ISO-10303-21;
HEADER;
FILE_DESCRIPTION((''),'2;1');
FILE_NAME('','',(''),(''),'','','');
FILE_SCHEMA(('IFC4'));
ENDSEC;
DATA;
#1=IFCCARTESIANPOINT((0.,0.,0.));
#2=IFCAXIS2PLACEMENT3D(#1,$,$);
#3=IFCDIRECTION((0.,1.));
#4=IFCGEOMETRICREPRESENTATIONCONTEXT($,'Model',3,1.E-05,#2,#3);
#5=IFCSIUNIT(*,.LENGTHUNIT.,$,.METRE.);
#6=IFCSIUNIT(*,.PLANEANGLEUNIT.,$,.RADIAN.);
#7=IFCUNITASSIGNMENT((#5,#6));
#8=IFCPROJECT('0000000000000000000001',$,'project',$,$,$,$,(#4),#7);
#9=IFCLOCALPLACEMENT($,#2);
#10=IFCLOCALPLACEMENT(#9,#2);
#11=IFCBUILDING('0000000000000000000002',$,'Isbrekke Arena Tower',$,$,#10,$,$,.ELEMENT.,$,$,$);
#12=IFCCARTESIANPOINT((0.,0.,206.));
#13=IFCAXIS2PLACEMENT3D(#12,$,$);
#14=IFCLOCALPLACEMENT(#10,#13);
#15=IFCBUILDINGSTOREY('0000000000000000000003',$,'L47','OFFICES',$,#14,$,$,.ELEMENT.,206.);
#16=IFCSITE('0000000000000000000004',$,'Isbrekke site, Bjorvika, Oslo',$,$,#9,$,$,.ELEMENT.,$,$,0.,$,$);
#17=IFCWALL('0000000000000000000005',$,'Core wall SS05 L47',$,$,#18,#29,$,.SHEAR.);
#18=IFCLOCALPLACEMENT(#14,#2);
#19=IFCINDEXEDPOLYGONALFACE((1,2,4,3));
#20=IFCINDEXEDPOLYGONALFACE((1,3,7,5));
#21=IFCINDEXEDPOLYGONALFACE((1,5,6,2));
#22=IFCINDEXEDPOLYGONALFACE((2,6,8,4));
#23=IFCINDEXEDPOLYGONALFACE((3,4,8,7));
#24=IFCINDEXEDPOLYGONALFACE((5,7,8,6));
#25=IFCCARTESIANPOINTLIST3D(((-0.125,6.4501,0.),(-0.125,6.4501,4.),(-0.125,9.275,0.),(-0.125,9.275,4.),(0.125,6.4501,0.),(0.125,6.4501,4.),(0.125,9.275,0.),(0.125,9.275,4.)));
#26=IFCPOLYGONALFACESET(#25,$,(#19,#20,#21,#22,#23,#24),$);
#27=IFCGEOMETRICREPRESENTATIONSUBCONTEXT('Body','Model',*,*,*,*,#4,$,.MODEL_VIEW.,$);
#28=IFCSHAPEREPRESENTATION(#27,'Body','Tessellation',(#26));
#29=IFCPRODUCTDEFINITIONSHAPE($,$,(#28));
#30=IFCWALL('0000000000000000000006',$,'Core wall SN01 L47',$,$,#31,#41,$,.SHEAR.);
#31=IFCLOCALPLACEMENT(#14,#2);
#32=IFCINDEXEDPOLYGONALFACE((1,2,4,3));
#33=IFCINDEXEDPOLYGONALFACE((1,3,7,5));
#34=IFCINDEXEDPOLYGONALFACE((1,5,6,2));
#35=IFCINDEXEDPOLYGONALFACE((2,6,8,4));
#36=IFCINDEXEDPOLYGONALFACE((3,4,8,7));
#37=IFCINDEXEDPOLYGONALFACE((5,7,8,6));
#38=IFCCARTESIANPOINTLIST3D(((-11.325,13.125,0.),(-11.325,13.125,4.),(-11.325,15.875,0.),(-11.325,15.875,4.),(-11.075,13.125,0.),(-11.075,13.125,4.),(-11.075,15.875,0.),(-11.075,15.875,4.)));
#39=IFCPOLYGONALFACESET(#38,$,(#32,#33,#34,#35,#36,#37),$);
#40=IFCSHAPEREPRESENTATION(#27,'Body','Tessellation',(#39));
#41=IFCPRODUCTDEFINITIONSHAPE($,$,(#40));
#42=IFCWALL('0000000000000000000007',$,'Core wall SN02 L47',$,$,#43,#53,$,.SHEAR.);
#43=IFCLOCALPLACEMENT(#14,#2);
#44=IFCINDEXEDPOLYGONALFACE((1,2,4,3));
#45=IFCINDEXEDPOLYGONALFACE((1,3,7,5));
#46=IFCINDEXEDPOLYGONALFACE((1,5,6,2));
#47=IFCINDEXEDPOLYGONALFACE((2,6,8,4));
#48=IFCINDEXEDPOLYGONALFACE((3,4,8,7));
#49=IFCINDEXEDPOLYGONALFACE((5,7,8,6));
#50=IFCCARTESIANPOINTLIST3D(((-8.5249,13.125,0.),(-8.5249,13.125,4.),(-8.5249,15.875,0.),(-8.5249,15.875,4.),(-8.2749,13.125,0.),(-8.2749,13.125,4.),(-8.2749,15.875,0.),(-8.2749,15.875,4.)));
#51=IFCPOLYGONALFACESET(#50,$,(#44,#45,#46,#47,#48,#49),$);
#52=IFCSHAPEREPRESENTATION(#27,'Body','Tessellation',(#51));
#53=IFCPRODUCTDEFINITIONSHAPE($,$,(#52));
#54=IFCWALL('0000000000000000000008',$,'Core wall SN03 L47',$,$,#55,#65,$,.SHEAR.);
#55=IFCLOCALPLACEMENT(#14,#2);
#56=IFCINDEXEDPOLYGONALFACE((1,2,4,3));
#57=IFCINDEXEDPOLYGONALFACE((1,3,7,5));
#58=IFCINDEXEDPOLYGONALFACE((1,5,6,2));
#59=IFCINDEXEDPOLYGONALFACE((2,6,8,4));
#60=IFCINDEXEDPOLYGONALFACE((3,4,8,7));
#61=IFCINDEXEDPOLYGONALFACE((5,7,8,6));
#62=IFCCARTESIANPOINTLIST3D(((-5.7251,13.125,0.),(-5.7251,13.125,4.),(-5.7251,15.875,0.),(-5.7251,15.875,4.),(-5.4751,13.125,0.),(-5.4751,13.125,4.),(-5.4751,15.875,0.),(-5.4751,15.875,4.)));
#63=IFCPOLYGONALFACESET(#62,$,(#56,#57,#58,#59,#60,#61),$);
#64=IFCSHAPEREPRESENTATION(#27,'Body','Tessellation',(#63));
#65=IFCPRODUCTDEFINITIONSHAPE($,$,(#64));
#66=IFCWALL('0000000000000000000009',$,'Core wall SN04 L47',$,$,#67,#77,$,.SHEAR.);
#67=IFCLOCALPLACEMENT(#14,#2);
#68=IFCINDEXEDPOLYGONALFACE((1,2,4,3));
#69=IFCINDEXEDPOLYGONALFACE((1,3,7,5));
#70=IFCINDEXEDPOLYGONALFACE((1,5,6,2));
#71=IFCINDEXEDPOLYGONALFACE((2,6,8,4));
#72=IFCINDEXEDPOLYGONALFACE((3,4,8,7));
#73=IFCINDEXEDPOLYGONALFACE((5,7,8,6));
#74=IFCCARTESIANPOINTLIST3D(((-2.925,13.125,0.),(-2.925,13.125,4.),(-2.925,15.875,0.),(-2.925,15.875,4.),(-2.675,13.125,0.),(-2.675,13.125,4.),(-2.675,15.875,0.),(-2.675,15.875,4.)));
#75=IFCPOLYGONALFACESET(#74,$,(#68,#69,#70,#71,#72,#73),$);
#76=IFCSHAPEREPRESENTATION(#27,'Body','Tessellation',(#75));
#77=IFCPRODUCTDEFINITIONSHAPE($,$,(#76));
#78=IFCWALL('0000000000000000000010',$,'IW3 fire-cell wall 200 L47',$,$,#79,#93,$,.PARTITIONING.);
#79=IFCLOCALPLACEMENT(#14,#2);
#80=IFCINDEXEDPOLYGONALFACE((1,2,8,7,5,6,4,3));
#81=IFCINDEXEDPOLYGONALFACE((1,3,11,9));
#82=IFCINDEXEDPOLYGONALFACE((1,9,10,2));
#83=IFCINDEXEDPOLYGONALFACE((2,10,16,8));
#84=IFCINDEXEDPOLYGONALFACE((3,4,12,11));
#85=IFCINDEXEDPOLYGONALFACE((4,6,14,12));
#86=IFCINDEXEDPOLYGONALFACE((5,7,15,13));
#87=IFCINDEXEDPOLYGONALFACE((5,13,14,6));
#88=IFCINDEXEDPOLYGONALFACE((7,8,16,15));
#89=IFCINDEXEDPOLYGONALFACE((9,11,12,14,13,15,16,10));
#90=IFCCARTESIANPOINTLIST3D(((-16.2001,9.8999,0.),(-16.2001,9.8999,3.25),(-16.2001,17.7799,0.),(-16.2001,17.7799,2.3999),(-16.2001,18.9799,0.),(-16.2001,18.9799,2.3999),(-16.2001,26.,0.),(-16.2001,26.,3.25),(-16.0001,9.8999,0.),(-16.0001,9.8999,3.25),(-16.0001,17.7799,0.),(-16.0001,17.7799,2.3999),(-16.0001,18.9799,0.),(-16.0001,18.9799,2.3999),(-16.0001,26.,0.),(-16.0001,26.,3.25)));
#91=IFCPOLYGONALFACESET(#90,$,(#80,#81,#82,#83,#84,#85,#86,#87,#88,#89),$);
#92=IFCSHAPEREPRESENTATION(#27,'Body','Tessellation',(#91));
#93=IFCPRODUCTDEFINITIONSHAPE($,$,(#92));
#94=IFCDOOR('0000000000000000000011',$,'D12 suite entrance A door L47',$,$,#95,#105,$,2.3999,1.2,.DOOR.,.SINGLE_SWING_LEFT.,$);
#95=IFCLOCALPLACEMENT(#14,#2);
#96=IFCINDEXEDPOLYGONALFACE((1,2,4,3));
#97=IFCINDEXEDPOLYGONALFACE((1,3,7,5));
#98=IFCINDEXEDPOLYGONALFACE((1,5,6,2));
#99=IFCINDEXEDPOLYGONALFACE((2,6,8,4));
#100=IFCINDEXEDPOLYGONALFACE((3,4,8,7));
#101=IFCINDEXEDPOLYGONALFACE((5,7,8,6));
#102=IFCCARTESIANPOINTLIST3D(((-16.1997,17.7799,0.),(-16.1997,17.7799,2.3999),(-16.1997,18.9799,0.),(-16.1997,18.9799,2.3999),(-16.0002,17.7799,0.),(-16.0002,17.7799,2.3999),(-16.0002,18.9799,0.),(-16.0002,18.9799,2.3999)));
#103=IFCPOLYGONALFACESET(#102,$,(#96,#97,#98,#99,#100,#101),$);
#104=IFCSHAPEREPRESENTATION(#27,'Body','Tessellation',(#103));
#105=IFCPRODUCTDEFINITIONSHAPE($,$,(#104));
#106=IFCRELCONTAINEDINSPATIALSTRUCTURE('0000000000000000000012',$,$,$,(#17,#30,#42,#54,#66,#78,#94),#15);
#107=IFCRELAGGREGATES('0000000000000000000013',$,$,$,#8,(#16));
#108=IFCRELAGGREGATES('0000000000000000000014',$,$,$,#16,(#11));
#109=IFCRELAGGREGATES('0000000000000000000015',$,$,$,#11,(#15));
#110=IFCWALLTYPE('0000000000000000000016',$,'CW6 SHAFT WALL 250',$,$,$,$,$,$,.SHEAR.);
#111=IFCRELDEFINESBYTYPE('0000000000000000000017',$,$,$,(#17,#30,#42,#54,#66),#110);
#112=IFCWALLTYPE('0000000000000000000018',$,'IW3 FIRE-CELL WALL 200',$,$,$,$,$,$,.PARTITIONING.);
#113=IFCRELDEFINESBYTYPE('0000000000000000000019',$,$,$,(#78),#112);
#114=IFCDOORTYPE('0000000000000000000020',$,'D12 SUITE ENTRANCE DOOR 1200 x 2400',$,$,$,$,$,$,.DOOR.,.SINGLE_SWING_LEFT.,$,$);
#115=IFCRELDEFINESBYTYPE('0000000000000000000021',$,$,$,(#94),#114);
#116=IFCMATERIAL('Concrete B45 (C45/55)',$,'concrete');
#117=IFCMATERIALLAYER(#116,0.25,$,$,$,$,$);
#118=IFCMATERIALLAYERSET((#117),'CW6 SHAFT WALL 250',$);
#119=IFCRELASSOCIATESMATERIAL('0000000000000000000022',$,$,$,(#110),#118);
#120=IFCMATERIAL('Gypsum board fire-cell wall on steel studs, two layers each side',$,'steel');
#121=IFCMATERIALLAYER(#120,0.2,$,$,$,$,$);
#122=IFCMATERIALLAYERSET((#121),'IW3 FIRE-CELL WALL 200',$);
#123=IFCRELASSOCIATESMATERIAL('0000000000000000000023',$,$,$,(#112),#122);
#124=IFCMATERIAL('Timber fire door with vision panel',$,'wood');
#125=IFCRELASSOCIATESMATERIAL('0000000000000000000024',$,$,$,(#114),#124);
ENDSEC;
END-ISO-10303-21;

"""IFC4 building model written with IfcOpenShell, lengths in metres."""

from ifc_helpers import new_model, si_unit, direction, frame, frame_2d, origin, place, context, subcontext, project, spatial, rectangle, extrude, material, layer, layer_set, type_object, element, fill, save


model = new_model("IFC4")

# Units and contexts
model_context = context("Model", 3, precision=1e-05, world=origin(), true_north=direction((0.0, 1.0)))
body_context = subcontext(model_context, "Body", "Model", "MODEL_VIEW")
ifc_project = project(units=[si_unit("LENGTHUNIT", "METRE"), si_unit("PLANEANGLEUNIT", "RADIAN")], contexts=[model_context])

# Site, building, storey
site_placement = place(None, origin())
site = spatial("IfcSite", under=ifc_project, at=site_placement, Name="Isbrekke site, Bjorvika, Oslo", CompositionType="ELEMENT", RefElevation=0.0)
building_placement = place(site_placement, origin())
building = spatial("IfcBuilding", under=site, at=building_placement, Name="Isbrekke Arena Tower", CompositionType="ELEMENT")
storey_placement = place(building_placement, frame((0.0, 0.0, 206.0)))
storey = spatial("IfcBuildingStorey", under=building, at=storey_placement, Name="L47", Description="OFFICES", CompositionType="ELEMENT", Elevation=206.0)

# Shared definitions
ifc_material_1 = material(Name="Concrete B45 (C45/55)", Category="concrete")
ifc_layer_1 = layer(ifc_material_1, 0.25)
ifc_layer_set_1 = layer_set([ifc_layer_1], Name="CW6 SHAFT WALL 250")
wall_type_1 = type_object("IfcWallType", Name="CW6 SHAFT WALL 250", PredefinedType="SHEAR", material=ifc_layer_set_1)

# Walls
for number, where, z_axis, x_axis, name in (
    (1, (0.0, 6.45, 0.0), (0.0, 0.0, 1.0), (0.0, 1.0, 0.0), "Core wall SS05 L47"),
):
    element("IfcWall", number, at=place(storey_placement, frame(where, z_axis=z_axis, x_axis=x_axis)), inside=storey, type_object=wall_type_1, Name=name, PredefinedType="SHEAR", context=body_context, shape_type="SweptSolid", body=[
        extrude(rectangle(XDim=2.825, YDim=0.25, at=frame_2d((1.4126, 0.0))), origin(), (0.0, 0.0, 1.0), 4.0),
    ])
for number, where, z_axis, x_axis, name in (
    (2, (-11.2, 13.125, 0.0), (0.0, 0.0, 1.0), (0.0, 1.0, 0.0), "Core wall SN01 L47"),
    (3, (-8.3999, 13.125, 0.0), (0.0, 0.0, 1.0), (0.0, 1.0, 0.0), "Core wall SN02 L47"),
    (4, (-5.6001, 13.125, 0.0), (0.0, 0.0, 1.0), (0.0, 1.0, 0.0), "Core wall SN03 L47"),
    (5, (-2.8, 13.125, 0.0), (0.0, 0.0, 1.0), (0.0, 1.0, 0.0), "Core wall SN04 L47"),
):
    element("IfcWall", number, at=place(storey_placement, frame(where, z_axis=z_axis, x_axis=x_axis)), inside=storey, type_object=wall_type_1, Name=name, PredefinedType="SHEAR", context=body_context, shape_type="SweptSolid", body=[
        extrude(rectangle(XDim=2.75, YDim=0.25, at=frame_2d((1.375, 0.0))), origin(), (0.0, 0.0, 1.0), 4.0),
    ])

# Wall, opening, door
ifc_material_2 = material(Name="Gypsum board fire-cell wall on steel studs, two layers each side", Category="steel")
ifc_layer_2 = layer(ifc_material_2, 0.2)
ifc_layer_set_2 = layer_set([ifc_layer_2], Name="IW3 FIRE-CELL WALL 200")
wall_type_2 = type_object("IfcWallType", Name="IW3 FIRE-CELL WALL 200", PredefinedType="PARTITIONING", material=ifc_layer_set_2)
wall_1_placement = place(storey_placement, frame((-16.1001, 9.8999, 0.0), z_axis=(0.0, 0.0, 1.0), x_axis=(0.0, 1.0, 0.0)))
wall_1 = element("IfcWall", 6, at=wall_1_placement, inside=storey, type_object=wall_type_2, Name="IW3 fire-cell wall 200 L47", PredefinedType="PARTITIONING", context=body_context, shape_type="SweptSolid", body=[
    extrude(rectangle(XDim=16.1001, YDim=0.2, at=frame_2d((8.05, 0.0))), origin(), (0.0, 0.0, 1.0), 3.25),
])
opening_1_placement = place(wall_1_placement, frame((7.8799, 0.0, 0.0)))
opening_1 = element("IfcOpeningElement", 7, at=opening_1_placement, cuts=wall_1, PredefinedType="OPENING", context=body_context, shape_type="SweptSolid", body=[
    extrude(rectangle(XDim=1.2, YDim=2.3999, at=frame_2d((0.6001, 1.2))), frame((0.0, 0.1147, 0.0), z_axis=(0.0, -1.0, 0.0), x_axis=(1.0, 0.0, 0.0)), (0.0, 0.0, 1.0), 0.2297),
])
ifc_material_3 = material(Name="Timber fire door with vision panel", Category="wood")
door_type_1 = type_object("IfcDoorType", Name="D12 SUITE ENTRANCE DOOR 1200 x 2400", OperationType="SINGLE_SWING_LEFT", PredefinedType="DOOR", material=ifc_material_3)
door_1_placement = place(opening_1_placement, origin())
door_1 = element("IfcDoor", 8, at=door_1_placement, inside=storey, type_object=door_type_1, Name="D12 suite entrance A door L47", OperationType="SINGLE_SWING_LEFT", OverallHeight=2.3999, OverallWidth=1.2, PredefinedType="DOOR", context=body_context, shape_type="SweptSolid", body=[
    extrude(rectangle(XDim=1.2, YDim=2.3999, at=frame_2d((0.6001, 1.2))), frame((0.0, 0.0996, 0.0), z_axis=(0.0, -1.0, 0.0), x_axis=(1.0, 0.0, 0.0)), (0.0, 0.0, 1.0), 0.1995),
])
fill(opening_1, door_1)

save(model, "model.ifc")
